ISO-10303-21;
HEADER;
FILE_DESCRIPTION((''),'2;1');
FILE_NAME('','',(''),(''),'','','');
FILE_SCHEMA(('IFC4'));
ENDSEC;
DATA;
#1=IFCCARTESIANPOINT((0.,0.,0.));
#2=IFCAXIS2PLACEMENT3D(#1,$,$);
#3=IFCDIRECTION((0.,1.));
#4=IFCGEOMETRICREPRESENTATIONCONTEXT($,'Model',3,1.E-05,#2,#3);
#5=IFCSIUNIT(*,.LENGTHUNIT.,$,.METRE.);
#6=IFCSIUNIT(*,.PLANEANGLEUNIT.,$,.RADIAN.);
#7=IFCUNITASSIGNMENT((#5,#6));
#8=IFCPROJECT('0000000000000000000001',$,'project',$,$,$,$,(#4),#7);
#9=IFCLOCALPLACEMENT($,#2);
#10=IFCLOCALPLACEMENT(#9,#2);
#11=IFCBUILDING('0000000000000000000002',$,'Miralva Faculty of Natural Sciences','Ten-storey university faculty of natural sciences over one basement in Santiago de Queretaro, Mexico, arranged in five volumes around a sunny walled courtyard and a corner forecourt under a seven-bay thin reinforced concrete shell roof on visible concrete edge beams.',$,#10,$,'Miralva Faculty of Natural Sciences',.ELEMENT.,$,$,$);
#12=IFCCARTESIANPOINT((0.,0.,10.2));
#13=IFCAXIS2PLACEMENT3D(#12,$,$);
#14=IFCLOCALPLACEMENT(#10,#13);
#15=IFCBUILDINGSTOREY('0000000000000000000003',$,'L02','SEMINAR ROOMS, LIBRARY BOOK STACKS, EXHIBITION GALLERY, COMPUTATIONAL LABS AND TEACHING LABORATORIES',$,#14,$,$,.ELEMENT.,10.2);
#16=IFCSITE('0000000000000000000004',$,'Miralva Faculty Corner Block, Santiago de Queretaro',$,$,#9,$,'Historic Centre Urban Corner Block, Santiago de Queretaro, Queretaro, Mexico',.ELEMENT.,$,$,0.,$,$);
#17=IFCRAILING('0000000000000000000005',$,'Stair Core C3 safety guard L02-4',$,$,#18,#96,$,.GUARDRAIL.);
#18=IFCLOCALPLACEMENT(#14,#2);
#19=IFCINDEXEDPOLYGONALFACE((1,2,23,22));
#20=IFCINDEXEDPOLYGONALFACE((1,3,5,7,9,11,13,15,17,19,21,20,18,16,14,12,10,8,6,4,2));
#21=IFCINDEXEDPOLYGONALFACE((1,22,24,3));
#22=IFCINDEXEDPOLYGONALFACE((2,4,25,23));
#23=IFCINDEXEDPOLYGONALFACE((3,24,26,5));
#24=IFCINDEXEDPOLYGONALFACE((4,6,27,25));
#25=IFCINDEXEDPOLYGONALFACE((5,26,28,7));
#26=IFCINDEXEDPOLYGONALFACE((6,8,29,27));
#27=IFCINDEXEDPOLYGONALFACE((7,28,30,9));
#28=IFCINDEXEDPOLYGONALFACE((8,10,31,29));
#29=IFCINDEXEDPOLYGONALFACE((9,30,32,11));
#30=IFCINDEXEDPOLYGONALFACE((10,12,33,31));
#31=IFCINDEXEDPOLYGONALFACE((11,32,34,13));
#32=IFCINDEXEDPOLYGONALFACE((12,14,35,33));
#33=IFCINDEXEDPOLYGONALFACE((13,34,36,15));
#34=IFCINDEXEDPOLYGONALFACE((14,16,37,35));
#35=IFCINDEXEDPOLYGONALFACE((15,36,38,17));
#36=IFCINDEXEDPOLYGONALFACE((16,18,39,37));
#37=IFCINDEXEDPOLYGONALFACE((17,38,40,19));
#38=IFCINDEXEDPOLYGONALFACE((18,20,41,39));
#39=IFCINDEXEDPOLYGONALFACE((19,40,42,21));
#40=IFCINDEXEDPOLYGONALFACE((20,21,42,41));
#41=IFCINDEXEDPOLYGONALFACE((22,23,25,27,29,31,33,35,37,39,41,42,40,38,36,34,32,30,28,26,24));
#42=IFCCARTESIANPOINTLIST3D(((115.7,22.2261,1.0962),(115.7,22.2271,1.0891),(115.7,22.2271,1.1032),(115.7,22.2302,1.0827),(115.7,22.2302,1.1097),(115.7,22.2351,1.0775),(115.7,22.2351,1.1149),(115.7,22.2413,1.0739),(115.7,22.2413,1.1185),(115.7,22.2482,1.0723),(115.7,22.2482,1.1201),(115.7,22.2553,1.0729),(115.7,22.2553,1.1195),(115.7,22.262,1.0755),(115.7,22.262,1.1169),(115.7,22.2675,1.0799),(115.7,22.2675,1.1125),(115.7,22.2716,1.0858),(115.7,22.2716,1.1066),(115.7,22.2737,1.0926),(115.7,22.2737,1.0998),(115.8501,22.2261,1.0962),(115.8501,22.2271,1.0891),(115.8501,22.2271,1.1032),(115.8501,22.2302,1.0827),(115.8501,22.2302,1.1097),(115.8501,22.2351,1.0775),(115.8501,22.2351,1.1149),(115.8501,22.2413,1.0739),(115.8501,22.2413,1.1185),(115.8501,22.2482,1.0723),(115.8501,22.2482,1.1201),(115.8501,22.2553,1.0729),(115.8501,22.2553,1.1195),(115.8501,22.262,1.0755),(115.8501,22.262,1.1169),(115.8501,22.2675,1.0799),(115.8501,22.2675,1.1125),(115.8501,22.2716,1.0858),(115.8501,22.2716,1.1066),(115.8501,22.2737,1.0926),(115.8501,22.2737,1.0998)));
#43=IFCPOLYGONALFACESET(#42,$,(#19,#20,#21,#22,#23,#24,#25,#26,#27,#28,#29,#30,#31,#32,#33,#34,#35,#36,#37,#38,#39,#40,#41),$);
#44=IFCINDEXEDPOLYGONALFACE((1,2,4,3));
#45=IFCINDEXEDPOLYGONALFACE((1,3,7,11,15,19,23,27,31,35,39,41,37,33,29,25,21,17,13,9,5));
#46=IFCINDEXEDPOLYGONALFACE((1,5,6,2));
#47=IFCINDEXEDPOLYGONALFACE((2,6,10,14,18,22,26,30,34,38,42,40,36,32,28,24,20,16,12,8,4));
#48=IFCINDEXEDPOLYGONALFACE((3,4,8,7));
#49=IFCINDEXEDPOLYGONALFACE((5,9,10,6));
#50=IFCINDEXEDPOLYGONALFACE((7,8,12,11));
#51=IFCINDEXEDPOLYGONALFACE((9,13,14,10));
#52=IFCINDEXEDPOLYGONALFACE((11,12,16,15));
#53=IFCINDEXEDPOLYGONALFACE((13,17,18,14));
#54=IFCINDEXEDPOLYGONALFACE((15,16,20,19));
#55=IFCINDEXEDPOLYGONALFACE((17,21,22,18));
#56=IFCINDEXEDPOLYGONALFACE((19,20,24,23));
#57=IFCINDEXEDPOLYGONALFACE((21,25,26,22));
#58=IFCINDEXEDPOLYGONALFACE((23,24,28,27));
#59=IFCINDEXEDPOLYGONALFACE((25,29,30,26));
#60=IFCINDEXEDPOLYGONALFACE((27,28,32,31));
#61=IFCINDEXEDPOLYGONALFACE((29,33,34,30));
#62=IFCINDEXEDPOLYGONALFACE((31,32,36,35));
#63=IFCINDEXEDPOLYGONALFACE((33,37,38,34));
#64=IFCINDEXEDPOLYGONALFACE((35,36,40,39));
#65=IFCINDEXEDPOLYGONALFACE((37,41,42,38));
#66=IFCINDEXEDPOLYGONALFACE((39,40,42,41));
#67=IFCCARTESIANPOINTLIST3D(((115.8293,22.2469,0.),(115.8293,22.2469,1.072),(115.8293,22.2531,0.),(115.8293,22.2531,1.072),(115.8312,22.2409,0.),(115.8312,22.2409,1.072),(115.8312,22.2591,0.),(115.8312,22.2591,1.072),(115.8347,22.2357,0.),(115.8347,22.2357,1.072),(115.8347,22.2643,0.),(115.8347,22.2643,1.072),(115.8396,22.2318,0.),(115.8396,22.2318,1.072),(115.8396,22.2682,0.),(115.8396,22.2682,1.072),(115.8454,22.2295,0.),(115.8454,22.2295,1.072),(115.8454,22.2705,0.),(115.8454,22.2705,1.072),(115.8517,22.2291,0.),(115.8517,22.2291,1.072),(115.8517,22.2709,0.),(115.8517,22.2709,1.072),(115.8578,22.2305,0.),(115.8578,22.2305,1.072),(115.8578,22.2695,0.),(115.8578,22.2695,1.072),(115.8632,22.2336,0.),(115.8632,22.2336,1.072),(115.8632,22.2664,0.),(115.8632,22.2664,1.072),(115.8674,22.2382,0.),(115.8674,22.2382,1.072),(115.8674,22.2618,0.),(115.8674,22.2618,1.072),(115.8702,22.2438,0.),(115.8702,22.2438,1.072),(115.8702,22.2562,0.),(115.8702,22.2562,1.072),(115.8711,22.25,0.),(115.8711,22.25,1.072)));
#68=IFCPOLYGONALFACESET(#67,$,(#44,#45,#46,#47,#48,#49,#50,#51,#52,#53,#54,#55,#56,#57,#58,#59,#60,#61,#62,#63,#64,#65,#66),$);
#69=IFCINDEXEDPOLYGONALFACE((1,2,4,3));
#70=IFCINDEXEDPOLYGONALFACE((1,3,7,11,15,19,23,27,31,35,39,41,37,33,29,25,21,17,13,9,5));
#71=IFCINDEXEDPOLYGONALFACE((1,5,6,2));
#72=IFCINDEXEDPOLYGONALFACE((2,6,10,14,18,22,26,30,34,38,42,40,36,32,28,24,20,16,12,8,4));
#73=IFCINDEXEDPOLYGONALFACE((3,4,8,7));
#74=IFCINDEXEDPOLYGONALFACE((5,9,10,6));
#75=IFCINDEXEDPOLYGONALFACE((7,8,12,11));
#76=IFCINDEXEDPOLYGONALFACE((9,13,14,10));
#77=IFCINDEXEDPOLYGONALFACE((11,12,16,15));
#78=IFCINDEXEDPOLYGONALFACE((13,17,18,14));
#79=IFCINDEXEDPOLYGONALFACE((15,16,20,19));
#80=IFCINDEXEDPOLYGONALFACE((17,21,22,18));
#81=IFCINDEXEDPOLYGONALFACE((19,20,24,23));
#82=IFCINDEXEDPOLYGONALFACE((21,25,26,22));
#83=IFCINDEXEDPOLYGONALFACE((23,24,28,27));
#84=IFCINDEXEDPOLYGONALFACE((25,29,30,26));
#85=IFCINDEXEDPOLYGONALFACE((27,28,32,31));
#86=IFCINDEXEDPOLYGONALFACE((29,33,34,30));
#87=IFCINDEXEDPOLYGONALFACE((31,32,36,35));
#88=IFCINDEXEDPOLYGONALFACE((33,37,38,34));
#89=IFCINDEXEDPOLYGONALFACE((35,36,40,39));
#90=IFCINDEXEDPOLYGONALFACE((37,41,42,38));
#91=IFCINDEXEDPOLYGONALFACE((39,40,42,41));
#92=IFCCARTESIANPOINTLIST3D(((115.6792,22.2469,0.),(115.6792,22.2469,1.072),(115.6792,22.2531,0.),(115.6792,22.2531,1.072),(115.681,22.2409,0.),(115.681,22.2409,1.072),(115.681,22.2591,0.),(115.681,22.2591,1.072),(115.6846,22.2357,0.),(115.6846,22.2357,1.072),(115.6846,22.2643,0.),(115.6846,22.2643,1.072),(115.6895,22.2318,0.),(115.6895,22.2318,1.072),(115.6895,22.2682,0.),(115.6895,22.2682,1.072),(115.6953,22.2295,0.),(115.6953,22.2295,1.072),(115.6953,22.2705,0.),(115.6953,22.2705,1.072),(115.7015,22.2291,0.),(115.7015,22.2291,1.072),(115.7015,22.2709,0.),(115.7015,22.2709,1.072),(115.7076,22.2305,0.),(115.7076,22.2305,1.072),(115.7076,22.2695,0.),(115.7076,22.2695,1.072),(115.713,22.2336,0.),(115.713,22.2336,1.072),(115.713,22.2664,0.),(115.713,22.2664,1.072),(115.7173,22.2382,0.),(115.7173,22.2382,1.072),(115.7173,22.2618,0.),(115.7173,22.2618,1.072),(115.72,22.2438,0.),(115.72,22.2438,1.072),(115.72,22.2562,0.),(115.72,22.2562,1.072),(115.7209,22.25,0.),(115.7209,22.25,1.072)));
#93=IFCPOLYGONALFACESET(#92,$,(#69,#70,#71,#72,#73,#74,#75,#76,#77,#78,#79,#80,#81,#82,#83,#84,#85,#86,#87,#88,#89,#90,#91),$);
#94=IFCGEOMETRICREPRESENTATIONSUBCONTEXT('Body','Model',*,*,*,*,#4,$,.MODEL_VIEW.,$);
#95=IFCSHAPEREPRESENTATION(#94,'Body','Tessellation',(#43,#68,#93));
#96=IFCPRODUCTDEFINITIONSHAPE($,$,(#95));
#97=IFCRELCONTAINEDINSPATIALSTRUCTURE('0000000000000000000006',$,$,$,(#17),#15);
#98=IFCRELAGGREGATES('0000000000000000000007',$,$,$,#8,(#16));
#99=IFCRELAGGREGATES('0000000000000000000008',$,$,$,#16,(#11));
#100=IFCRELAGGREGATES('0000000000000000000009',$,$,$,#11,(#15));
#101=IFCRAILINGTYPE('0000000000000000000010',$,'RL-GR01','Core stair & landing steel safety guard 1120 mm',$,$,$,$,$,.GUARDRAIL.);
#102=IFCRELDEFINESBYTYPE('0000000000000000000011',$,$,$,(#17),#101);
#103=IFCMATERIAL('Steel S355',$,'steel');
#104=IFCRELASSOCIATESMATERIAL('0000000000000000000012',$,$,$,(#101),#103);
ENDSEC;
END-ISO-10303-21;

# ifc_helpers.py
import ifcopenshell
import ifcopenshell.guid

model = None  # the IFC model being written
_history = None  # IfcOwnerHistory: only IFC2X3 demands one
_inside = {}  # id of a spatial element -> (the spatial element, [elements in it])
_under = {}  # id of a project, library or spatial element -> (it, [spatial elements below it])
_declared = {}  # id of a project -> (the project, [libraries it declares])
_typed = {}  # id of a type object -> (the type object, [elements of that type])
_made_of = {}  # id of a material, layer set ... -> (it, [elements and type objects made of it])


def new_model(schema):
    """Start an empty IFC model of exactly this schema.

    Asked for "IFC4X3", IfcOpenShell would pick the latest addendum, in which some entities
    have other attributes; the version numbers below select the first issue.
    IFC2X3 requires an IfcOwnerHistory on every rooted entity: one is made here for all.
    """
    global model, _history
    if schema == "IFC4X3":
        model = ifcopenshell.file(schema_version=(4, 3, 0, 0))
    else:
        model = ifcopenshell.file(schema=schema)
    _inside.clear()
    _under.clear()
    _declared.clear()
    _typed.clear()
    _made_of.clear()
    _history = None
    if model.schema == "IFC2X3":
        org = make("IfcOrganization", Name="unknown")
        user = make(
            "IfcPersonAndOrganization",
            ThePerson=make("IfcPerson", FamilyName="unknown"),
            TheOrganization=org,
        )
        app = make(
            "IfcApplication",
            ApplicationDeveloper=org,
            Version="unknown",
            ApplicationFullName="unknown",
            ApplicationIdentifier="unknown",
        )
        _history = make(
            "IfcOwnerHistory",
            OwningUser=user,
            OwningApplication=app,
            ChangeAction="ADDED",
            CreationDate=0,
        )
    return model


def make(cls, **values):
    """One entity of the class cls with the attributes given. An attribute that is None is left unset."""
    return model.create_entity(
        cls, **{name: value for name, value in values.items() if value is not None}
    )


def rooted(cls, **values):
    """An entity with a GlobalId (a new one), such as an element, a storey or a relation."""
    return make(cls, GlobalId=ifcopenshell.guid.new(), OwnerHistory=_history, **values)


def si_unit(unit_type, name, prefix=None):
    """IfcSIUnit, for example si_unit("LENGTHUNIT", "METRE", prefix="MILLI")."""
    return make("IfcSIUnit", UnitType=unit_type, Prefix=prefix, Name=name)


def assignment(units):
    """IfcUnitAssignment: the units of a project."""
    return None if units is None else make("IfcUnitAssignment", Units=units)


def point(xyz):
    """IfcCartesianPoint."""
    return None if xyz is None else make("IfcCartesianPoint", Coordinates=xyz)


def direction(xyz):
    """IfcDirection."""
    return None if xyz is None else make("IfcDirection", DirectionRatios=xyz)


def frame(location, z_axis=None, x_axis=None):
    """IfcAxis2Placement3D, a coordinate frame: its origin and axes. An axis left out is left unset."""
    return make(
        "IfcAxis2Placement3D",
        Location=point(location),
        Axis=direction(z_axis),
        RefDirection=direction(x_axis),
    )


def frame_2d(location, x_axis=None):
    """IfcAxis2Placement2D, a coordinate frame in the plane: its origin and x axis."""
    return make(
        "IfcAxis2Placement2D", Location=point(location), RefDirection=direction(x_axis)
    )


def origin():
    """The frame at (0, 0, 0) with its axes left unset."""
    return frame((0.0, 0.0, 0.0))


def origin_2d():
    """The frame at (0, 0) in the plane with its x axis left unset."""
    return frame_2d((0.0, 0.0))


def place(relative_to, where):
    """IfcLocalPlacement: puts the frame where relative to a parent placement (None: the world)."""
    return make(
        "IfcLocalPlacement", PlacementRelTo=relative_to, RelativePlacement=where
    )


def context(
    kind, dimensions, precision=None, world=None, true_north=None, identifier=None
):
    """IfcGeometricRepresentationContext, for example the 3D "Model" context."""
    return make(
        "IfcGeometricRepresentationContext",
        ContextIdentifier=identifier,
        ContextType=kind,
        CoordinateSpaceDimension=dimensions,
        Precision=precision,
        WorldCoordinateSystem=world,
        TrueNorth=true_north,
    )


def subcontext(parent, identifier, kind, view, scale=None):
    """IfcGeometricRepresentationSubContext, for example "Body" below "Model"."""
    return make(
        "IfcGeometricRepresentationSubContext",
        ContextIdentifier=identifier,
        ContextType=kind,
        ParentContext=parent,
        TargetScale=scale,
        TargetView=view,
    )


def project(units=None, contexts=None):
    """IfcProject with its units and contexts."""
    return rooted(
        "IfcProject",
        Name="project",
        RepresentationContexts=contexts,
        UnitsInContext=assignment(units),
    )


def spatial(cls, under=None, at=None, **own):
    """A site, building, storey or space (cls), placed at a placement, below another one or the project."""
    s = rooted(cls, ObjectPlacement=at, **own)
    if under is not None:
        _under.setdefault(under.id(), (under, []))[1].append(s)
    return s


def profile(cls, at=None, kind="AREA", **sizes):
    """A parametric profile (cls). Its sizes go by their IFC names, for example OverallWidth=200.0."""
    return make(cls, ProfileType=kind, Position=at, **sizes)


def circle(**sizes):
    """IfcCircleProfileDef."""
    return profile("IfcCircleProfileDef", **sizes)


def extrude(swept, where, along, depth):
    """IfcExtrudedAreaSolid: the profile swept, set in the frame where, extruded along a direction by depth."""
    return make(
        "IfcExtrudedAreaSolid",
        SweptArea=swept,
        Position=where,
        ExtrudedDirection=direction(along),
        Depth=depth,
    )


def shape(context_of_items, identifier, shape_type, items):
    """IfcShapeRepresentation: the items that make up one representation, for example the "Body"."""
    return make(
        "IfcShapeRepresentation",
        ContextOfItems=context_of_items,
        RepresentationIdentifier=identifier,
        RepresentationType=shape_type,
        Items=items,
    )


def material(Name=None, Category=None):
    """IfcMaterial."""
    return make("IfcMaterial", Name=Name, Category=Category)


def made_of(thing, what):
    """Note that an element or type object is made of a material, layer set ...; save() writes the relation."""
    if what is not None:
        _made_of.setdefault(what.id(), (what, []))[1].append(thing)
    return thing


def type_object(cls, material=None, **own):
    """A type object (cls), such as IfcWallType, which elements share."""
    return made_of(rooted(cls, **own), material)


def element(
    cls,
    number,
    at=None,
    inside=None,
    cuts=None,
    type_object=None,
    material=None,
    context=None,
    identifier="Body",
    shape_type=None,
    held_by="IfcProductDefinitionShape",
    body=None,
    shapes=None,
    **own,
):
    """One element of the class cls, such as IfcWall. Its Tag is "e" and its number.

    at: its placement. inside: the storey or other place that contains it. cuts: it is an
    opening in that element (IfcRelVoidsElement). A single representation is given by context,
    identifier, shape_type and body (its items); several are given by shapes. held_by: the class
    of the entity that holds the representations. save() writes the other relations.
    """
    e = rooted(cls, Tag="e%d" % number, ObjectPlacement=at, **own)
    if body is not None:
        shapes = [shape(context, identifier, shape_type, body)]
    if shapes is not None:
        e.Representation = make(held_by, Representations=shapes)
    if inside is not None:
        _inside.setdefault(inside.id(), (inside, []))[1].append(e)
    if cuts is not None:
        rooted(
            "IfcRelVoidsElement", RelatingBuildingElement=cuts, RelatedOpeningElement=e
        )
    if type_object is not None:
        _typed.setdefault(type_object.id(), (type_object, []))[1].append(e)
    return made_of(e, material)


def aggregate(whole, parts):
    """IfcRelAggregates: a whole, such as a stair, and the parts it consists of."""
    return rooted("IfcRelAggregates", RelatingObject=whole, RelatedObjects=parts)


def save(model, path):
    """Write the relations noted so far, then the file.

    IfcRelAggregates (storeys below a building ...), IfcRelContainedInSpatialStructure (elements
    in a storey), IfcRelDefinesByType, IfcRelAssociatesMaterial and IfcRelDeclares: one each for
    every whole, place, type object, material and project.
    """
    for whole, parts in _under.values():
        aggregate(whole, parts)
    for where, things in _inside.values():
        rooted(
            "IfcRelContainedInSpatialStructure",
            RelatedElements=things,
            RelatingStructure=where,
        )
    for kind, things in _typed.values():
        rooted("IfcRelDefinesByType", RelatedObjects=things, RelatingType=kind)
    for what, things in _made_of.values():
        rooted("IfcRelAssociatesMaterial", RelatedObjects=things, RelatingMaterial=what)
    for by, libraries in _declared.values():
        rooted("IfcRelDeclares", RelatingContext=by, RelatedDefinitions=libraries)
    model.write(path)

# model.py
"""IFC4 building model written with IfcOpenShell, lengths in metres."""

from ifc_helpers import new_model, si_unit, direction, frame, origin, origin_2d, place, context, subcontext, project, spatial, circle, extrude, material, type_object, element, save


model = new_model("IFC4")

# Units and contexts
model_context = context("Model", 3, precision=1e-05, world=origin(), true_north=direction((0.0, 1.0)))
body_context = subcontext(model_context, "Body", "Model", "MODEL_VIEW")
ifc_project = project(units=[si_unit("LENGTHUNIT", "METRE"), si_unit("PLANEANGLEUNIT", "RADIAN")], contexts=[model_context])

# Site, building, storey
site_placement = place(None, origin())
site = spatial("IfcSite", under=ifc_project, at=site_placement, Name="Miralva Faculty Corner Block, Santiago de Queretaro", LongName="Historic Centre Urban Corner Block, Santiago de Queretaro, Queretaro, Mexico", CompositionType="ELEMENT", RefElevation=0.0)
building_placement = place(site_placement, origin())
building = spatial("IfcBuilding", under=site, at=building_placement, Name="Miralva Faculty of Natural Sciences", Description="Ten-storey university faculty of natural sciences over one basement in Santiago de Queretaro, Mexico, arranged in five volumes around a sunny walled courtyard and a corner forecourt under a seven-bay thin reinforced concrete shell roof on visible concrete edge beams.", LongName="Miralva Faculty of Natural Sciences", CompositionType="ELEMENT")
storey_placement = place(building_placement, frame((0.0, 0.0, 10.2)))
storey = spatial("IfcBuildingStorey", under=building, at=storey_placement, Name="L02", Description="SEMINAR ROOMS, LIBRARY BOOK STACKS, EXHIBITION GALLERY, COMPUTATIONAL LABS AND TEACHING LABORATORIES", CompositionType="ELEMENT", Elevation=10.2)

# Railing
ifc_material_1 = material(Name="Steel S355", Category="steel")
railing_type_1 = type_object("IfcRailingType", Name="RL-GR01", Description="Core stair & landing steel safety guard 1120 mm", PredefinedType="GUARDRAIL", material=ifc_material_1)
railing_1_placement = place(storey_placement, frame((115.8501, 22.25, 0.0)))
element("IfcRailing", 1, at=railing_1_placement, inside=storey, type_object=railing_type_1, Name="Stair Core C3 safety guard L02-4", PredefinedType="GUARDRAIL", context=body_context, shape_type="SweptSolid", body=[
    extrude(circle(Radius=0.0239, at=origin_2d()), frame((0.0, 0.0, 1.0962), z_axis=(-1.0, 0.0, 0.0), x_axis=(0.0, -1.0, 0.0)), (0.0, 0.0, 1.0), 0.1501),
    extrude(circle(Radius=0.021, at=origin_2d()), origin(), (0.0, 0.0, 1.0), 1.072),
    extrude(circle(Radius=0.021, at=origin_2d()), frame((-0.1501, 0.0, 0.0)), (0.0, 0.0, 1.0), 1.072),
])

save(model, "model.ifc")
